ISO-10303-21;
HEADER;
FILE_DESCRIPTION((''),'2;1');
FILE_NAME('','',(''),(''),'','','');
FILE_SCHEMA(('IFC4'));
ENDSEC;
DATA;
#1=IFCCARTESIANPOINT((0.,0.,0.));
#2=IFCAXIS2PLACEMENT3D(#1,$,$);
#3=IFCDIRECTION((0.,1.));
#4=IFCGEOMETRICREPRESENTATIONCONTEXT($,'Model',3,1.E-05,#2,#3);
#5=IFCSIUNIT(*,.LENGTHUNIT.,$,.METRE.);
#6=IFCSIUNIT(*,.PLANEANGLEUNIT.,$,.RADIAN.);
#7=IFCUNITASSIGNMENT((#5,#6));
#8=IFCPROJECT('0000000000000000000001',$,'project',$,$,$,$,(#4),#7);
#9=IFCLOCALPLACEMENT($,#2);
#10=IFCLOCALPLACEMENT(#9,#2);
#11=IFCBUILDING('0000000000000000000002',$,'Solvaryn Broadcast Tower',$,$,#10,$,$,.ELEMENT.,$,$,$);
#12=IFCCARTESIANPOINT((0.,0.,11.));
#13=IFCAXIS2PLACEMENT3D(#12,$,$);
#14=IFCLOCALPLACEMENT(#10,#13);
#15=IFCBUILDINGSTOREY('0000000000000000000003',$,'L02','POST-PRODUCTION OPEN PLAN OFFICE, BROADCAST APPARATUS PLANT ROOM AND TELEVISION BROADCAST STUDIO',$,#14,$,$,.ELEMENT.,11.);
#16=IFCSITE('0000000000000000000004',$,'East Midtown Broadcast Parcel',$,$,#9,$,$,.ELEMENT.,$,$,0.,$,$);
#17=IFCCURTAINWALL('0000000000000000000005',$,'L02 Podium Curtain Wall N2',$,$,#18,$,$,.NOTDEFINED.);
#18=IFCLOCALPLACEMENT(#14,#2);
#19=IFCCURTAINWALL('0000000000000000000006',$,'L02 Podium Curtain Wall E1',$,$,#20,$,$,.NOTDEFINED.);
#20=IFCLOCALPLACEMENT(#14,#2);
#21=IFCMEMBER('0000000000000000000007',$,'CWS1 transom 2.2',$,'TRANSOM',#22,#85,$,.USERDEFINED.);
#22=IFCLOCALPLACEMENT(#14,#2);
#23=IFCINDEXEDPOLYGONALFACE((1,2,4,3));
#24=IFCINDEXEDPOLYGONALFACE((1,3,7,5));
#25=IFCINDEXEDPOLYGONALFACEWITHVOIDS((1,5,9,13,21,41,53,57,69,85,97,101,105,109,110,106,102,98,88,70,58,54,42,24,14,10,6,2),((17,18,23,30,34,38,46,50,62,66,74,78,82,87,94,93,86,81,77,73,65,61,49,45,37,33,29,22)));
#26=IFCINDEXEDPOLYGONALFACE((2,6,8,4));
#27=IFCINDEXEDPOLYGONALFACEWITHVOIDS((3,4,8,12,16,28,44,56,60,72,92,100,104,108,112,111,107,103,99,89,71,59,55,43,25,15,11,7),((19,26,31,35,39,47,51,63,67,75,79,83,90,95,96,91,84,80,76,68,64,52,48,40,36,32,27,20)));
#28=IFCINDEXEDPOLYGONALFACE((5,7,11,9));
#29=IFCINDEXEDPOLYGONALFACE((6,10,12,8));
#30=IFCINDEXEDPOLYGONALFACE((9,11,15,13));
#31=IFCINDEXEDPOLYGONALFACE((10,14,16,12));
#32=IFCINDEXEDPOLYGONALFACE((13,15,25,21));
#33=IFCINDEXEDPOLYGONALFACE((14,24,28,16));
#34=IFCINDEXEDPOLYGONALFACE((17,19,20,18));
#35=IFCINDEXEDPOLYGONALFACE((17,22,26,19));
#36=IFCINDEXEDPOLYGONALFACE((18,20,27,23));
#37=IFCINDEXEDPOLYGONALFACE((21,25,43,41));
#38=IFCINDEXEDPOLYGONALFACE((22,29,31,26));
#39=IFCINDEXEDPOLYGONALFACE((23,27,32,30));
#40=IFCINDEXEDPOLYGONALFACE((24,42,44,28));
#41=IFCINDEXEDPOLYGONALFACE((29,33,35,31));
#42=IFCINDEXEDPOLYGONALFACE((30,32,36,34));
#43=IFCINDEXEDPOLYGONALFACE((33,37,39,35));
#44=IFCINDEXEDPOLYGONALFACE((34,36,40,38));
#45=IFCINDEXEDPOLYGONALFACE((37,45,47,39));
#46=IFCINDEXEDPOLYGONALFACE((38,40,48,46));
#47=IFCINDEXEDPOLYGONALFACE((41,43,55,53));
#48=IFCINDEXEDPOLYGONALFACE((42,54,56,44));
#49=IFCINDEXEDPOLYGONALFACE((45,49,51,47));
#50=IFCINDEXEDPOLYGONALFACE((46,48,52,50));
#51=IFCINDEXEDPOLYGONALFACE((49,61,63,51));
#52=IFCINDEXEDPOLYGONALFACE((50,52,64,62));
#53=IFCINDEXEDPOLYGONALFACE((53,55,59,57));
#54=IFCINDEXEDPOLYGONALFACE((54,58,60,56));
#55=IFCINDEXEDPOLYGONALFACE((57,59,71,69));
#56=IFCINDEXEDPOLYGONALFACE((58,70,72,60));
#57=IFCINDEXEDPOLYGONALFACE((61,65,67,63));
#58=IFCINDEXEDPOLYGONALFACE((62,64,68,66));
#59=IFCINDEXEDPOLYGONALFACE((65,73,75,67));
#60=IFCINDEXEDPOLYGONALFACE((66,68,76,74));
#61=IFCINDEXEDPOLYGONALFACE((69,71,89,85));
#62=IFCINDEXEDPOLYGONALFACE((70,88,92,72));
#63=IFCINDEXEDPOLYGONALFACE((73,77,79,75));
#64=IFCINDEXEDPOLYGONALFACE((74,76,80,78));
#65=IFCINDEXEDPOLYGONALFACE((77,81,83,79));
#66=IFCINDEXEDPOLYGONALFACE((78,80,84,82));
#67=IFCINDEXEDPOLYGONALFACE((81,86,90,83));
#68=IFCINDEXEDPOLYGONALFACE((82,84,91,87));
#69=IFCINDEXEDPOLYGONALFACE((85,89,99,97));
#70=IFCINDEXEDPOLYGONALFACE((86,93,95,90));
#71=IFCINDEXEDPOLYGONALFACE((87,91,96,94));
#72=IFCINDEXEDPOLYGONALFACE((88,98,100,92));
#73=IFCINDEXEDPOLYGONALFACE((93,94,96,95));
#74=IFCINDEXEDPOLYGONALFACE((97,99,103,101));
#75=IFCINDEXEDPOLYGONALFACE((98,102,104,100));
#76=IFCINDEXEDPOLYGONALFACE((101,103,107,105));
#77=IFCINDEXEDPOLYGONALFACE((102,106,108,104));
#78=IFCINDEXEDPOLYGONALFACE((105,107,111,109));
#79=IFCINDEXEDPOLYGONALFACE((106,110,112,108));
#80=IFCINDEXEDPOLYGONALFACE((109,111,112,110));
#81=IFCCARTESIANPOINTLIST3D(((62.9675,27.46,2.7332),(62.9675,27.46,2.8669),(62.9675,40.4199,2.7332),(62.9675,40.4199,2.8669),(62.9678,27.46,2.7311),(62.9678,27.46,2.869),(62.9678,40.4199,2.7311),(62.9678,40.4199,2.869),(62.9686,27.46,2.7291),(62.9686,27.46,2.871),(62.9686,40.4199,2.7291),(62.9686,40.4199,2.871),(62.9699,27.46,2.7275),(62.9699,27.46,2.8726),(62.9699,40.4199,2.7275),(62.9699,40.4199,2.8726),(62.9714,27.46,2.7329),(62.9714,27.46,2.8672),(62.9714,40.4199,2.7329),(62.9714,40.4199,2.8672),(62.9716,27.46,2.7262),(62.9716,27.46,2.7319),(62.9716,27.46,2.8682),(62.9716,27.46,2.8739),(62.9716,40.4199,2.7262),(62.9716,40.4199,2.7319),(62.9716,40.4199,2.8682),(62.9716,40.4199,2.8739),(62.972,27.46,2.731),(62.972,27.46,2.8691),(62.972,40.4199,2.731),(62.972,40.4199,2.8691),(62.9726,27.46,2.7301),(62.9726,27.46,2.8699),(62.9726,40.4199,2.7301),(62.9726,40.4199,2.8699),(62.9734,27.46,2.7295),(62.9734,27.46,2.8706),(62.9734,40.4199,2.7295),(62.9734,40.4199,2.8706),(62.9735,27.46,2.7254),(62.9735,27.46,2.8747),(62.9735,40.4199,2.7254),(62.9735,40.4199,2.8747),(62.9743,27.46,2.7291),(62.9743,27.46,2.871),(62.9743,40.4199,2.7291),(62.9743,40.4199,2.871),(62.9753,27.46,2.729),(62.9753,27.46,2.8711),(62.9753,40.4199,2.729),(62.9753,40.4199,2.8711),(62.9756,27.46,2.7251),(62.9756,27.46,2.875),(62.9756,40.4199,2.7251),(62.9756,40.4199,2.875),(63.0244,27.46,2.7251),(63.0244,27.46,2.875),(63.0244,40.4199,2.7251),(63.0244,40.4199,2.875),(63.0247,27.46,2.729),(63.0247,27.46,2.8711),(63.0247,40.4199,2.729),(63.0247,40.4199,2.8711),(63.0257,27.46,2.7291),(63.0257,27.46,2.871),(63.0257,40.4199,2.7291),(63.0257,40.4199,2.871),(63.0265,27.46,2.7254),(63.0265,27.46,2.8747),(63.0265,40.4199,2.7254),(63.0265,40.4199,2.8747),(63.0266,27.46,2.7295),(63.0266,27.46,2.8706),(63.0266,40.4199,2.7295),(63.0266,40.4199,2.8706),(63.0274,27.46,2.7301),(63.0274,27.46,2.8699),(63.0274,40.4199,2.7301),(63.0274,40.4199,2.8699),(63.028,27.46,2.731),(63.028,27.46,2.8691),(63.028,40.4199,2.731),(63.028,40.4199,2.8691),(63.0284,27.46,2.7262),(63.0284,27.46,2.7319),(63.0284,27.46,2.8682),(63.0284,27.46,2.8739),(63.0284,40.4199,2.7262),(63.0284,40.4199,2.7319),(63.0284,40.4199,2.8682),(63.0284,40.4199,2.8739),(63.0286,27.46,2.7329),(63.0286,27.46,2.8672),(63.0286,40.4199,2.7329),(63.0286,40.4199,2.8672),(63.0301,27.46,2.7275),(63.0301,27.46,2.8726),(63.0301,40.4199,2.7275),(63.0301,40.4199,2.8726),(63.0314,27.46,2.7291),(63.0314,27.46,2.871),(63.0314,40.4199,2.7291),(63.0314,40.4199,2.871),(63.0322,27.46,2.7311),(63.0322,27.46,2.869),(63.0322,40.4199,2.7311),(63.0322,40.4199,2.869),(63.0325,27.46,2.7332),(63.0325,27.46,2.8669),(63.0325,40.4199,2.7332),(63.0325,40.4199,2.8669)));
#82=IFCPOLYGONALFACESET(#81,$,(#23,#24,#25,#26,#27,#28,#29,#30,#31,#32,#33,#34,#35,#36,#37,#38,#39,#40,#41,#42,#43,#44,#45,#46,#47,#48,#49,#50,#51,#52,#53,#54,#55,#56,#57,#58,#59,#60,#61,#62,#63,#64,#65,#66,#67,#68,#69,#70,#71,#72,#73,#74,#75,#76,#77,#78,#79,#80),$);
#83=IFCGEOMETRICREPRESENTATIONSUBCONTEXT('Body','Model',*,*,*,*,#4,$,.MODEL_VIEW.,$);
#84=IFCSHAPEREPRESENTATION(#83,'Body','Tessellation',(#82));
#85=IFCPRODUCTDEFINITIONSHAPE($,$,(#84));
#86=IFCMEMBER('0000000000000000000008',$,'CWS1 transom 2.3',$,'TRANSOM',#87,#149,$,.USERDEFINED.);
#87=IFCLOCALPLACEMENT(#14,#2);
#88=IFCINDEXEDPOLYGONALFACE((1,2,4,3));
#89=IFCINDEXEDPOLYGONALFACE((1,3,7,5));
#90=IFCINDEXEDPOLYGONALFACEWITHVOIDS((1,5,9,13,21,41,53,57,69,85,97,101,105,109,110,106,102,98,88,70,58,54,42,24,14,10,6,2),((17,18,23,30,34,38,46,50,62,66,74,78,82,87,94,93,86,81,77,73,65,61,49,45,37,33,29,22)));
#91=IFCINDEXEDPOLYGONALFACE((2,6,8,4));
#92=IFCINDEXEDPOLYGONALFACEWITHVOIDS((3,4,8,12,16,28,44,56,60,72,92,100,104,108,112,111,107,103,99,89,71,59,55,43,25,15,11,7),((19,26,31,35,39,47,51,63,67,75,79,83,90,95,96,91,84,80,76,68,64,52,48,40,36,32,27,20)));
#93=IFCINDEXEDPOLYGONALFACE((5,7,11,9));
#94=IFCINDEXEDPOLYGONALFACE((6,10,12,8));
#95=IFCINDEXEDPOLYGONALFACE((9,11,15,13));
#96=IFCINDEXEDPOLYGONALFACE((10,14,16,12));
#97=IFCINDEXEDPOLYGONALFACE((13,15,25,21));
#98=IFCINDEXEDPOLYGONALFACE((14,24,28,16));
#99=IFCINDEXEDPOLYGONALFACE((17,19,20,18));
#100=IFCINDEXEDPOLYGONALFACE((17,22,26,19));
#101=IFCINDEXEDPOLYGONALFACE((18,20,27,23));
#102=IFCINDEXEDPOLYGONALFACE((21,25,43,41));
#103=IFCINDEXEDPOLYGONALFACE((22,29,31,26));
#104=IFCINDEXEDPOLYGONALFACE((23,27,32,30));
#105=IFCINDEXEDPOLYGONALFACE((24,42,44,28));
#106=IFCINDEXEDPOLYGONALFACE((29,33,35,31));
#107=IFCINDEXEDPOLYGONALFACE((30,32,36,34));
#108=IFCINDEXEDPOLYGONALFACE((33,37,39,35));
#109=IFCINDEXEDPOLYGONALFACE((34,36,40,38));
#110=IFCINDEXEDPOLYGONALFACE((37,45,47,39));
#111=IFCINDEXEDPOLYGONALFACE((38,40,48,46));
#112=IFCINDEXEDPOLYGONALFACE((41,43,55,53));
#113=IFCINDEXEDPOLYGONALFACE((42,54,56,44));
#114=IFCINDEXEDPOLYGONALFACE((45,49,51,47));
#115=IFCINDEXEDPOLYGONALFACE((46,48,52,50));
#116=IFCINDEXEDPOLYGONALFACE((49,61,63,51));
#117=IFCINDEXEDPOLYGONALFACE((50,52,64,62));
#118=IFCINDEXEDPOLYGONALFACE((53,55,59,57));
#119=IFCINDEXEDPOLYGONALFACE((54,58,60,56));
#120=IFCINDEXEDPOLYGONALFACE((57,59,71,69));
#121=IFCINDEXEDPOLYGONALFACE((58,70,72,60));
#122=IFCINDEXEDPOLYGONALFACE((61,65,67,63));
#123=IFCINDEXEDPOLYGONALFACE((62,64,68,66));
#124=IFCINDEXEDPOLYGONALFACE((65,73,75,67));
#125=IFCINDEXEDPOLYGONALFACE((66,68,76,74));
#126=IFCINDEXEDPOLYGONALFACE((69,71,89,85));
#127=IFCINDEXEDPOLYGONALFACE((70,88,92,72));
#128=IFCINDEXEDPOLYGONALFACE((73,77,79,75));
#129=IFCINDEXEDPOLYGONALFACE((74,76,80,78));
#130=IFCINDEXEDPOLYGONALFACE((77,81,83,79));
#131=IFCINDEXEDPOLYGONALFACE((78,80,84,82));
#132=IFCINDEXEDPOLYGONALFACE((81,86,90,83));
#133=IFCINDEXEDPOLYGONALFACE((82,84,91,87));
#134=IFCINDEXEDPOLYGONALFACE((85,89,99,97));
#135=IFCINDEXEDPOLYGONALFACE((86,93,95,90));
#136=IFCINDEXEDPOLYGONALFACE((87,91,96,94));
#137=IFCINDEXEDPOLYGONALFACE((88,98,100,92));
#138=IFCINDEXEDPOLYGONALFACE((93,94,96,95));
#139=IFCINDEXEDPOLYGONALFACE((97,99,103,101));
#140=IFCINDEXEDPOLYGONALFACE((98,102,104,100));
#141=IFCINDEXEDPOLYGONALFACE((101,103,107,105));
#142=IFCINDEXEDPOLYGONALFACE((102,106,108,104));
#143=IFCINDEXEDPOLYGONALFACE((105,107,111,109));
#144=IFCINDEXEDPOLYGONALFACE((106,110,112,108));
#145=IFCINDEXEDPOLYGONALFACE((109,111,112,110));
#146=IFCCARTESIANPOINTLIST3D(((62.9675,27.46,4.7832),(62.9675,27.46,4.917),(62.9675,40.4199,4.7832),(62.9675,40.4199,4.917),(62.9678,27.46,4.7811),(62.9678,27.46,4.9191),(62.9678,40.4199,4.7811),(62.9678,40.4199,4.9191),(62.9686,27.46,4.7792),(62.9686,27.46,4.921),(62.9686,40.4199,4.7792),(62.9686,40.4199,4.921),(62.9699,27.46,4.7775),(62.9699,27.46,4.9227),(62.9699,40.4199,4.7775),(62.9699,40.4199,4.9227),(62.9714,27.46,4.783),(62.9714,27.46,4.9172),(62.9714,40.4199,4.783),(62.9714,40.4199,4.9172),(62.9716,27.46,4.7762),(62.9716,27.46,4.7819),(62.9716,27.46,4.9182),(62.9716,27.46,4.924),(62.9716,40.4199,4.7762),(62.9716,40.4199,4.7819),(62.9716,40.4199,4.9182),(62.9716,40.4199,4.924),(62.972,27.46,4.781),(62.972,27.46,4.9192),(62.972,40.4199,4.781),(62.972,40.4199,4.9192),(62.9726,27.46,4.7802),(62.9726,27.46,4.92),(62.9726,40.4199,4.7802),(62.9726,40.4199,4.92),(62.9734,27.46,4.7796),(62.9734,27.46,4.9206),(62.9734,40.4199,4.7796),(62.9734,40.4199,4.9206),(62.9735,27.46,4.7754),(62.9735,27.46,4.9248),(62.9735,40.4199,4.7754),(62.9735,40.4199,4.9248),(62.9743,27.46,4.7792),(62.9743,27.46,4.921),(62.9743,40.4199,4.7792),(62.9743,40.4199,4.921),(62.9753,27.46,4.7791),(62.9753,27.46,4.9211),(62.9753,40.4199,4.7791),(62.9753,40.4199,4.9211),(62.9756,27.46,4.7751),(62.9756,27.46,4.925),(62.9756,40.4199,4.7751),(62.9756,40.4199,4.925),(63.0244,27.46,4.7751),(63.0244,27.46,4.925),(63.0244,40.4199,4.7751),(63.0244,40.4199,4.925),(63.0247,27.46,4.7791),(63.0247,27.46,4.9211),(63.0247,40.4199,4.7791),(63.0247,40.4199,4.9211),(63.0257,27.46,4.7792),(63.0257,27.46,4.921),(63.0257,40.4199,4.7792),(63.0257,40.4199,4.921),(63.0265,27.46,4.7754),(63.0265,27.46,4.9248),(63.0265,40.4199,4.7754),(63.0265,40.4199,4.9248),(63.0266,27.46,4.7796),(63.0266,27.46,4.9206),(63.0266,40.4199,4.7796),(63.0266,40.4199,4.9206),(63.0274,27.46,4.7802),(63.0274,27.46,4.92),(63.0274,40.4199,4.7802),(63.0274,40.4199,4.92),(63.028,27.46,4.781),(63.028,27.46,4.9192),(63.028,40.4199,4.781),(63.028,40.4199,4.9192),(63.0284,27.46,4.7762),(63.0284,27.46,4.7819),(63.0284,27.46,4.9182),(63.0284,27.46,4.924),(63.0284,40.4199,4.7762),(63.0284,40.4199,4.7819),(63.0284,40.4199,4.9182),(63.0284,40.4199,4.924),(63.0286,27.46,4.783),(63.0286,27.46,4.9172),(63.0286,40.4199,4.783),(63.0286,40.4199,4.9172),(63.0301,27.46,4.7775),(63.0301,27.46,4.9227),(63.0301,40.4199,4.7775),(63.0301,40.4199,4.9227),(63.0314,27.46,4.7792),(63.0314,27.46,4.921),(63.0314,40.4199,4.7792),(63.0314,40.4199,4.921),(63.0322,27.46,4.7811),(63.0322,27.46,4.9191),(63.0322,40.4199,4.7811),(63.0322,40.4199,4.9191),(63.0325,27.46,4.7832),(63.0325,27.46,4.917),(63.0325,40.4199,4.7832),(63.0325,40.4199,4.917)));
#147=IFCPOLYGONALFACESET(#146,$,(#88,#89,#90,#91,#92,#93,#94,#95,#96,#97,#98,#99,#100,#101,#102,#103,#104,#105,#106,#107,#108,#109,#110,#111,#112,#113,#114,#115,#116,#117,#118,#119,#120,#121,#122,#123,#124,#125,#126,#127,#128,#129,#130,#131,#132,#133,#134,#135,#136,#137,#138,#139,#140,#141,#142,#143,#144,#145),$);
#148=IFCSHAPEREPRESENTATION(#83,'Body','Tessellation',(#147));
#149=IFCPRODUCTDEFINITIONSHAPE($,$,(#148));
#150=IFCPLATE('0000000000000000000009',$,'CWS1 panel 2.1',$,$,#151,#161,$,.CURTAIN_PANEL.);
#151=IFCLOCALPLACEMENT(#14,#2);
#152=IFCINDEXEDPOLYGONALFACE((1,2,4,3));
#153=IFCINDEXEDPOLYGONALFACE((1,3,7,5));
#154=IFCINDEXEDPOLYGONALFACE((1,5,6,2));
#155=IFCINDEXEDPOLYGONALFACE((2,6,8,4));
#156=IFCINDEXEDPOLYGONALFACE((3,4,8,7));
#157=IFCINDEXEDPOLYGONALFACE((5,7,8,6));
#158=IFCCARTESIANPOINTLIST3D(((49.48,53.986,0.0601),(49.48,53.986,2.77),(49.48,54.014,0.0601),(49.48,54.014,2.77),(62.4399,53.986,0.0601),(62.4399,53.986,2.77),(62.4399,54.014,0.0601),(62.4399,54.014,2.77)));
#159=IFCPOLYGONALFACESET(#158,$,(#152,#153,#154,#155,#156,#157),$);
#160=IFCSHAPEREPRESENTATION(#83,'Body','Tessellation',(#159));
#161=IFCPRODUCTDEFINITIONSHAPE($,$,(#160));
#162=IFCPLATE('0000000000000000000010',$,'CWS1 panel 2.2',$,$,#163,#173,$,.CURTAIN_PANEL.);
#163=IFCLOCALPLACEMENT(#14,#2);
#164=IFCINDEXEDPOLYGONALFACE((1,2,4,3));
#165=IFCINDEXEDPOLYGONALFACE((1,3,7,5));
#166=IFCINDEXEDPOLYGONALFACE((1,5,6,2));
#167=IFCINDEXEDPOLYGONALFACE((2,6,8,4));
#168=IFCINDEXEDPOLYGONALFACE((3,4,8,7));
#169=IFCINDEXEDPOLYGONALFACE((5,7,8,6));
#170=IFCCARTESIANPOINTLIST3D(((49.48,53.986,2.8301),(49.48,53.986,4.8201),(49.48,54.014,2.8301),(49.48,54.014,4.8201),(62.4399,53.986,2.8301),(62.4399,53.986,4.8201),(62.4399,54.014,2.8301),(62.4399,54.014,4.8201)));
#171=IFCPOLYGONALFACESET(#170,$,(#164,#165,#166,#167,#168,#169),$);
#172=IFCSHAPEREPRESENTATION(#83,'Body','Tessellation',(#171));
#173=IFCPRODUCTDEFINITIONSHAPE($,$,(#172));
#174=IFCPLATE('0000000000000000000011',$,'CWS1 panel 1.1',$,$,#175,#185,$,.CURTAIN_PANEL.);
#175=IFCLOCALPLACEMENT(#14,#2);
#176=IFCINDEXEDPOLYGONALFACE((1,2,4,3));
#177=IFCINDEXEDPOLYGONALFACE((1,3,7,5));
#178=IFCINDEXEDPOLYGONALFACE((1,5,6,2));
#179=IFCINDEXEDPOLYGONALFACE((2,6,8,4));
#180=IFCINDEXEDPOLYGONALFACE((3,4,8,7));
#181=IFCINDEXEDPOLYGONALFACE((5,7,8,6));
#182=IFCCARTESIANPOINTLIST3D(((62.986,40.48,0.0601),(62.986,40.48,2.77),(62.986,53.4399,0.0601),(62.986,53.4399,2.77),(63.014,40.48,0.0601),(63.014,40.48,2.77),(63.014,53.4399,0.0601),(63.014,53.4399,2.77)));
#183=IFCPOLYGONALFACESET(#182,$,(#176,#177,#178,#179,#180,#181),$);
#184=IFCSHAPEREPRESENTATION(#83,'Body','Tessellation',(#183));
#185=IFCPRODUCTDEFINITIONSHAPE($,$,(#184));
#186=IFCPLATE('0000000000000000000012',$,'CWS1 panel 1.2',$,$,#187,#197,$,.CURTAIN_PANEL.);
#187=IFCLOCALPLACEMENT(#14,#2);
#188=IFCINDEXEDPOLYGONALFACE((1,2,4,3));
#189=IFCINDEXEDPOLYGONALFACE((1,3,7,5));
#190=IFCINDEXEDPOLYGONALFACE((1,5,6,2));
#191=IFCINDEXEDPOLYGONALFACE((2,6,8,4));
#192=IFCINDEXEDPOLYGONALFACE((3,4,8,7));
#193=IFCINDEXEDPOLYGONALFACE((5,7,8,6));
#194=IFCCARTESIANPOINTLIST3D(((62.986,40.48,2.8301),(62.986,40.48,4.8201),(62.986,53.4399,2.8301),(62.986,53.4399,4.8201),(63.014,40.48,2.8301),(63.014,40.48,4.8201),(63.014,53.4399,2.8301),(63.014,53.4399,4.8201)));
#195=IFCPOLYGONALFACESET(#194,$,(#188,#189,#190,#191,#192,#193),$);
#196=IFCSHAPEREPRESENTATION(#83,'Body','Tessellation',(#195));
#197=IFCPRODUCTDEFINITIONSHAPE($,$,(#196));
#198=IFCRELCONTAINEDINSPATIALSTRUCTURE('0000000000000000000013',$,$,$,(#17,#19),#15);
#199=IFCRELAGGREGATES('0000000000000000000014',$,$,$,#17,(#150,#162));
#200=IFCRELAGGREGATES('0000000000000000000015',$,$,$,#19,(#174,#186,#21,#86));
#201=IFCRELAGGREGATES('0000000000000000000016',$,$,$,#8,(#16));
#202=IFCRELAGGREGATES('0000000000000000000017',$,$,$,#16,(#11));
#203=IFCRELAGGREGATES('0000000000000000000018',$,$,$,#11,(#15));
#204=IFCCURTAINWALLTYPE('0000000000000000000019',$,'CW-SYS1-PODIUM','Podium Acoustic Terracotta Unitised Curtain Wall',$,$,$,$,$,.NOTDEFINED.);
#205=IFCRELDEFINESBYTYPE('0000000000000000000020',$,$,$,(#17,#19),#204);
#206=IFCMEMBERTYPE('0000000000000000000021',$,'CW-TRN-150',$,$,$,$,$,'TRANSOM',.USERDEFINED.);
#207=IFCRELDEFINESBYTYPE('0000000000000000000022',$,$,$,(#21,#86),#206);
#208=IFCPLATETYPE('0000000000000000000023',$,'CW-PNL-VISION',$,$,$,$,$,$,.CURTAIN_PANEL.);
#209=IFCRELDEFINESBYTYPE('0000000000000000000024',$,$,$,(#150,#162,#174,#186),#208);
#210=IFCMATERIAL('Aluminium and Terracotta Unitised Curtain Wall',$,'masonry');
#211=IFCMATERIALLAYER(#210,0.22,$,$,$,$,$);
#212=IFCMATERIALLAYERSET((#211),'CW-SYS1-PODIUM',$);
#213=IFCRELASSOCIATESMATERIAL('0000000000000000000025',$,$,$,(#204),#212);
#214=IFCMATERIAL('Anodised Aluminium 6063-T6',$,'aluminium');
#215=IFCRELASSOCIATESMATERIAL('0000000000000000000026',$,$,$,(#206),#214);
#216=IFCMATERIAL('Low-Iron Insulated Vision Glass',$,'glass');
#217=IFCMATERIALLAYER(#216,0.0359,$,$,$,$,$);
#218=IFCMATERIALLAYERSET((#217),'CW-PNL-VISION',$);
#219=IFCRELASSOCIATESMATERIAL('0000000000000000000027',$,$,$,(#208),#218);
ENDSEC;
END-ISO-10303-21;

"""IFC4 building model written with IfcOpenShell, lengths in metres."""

from ifc_helpers import new_model, si_unit, direction, frame, origin, origin_2d, place, context, subcontext, project, spatial, rectangle, hollow_rectangle, extrude, material, layer, layer_set, material_profile, profile_set, type_object, element, aggregate, save


model = new_model("IFC4")

# Units and contexts
model_context = context("Model", 3, precision=1e-05, world=origin(), true_north=direction((0.0, 1.0)))
body_context = subcontext(model_context, "Body", "Model", "MODEL_VIEW")
ifc_project = project(units=[si_unit("LENGTHUNIT", "METRE"), si_unit("PLANEANGLEUNIT", "RADIAN")], contexts=[model_context])

# Site, building, storey
site_placement = place(None, origin())
site = spatial("IfcSite", under=ifc_project, at=site_placement, Name="East Midtown Broadcast Parcel", CompositionType="ELEMENT", RefElevation=0.0)
building_placement = place(site_placement, origin())
building = spatial("IfcBuilding", under=site, at=building_placement, Name="Solvaryn Broadcast Tower", CompositionType="ELEMENT")
storey_placement = place(building_placement, frame((0.0, 0.0, 11.0)))
storey = spatial("IfcBuildingStorey", under=building, at=storey_placement, Name="L02", Description="POST-PRODUCTION OPEN PLAN OFFICE, BROADCAST APPARATUS PLANT ROOM AND TELEVISION BROADCAST STUDIO", CompositionType="ELEMENT", Elevation=11.0)

# Curtain wall
ifc_material_1 = material(Name="Aluminium and Terracotta Unitised Curtain Wall", Category="masonry")
ifc_layer_1 = layer(ifc_material_1, 0.22)
ifc_layer_set_1 = layer_set([ifc_layer_1], Name="CW-SYS1-PODIUM")
curtain_wall_type = type_object("IfcCurtainWallType", Name="CW-SYS1-PODIUM", Description="Podium Acoustic Terracotta Unitised Curtain Wall", PredefinedType="NOTDEFINED", material=ifc_layer_set_1)
curtain_wall_1_placement = place(storey_placement, origin())
curtain_wall_1 = element("IfcCurtainWall", 1, at=curtain_wall_1_placement, inside=storey, type_object=curtain_wall_type, Name="L02 Podium Curtain Wall N2", PredefinedType="NOTDEFINED")

# Curtain wall, members
curtain_wall_2_placement = place(storey_placement, origin())
curtain_wall_2 = element("IfcCurtainWall", 2, at=curtain_wall_2_placement, inside=storey, type_object=curtain_wall_type, Name="L02 Podium Curtain Wall E1", PredefinedType="NOTDEFINED")
ifc_material_2 = material(Name="Anodised Aluminium 6063-T6", Category="aluminium")
ifc_material_profile_1 = material_profile(ifc_material_2, hollow_rectangle(XDim=0.0649, YDim=0.1499, WallThickness=0.0039, InnerFilletRadius=0.0039, OuterFilletRadius=0.0081, at=origin_2d()))
ifc_profile_set_1 = profile_set([ifc_material_profile_1], Name="Anodised Aluminium 6063-T6")
member_type_1 = type_object("IfcMemberType", Name="CW-TRN-150", ElementType="TRANSOM", PredefinedType="USERDEFINED", material=ifc_profile_set_1)
member_1_placement = place(storey_placement, frame((63.0, 40.4199, 2.8), z_axis=(0.0, -1.0, 0.0), x_axis=(1.0, 0.0, 0.0)))
member_1 = element("IfcMember", 3, at=member_1_placement, type_object=member_type_1, Name="CWS1 transom 2.2", ObjectType="TRANSOM", PredefinedType="USERDEFINED", context=body_context, shape_type="SweptSolid", body=[
    extrude(hollow_rectangle(XDim=0.0649, YDim=0.1499, WallThickness=0.0039, InnerFilletRadius=0.0039, OuterFilletRadius=0.0081, at=origin_2d()), origin(), (0.0, 0.0, 1.0), 12.96),
])
member_2_placement = place(storey_placement, frame((63.0, 40.4199, 4.8501), z_axis=(0.0, -1.0, 0.0), x_axis=(1.0, 0.0, 0.0)))
member_2 = element("IfcMember", 4, at=member_2_placement, type_object=member_type_1, Name="CWS1 transom 2.3", ObjectType="TRANSOM", PredefinedType="USERDEFINED", context=body_context, shape_type="SweptSolid", body=[
    extrude(hollow_rectangle(XDim=0.0649, YDim=0.1499, WallThickness=0.0039, InnerFilletRadius=0.0039, OuterFilletRadius=0.0081, at=origin_2d()), origin(), (0.0, 0.0, 1.0), 12.96),
])

# Plates
ifc_material_3 = material(Name="Low-Iron Insulated Vision Glass", Category="glass")
ifc_layer_2 = layer(ifc_material_3, 0.0359)
ifc_layer_set_2 = layer_set([ifc_layer_2], Name="CW-PNL-VISION")
plate_type = type_object("IfcPlateType", Name="CW-PNL-VISION", PredefinedType="CURTAIN_PANEL", material=ifc_layer_set_2)
plate_1_placement = place(storey_placement, frame((55.96, 54.0, 0.0601), z_axis=(0.0, 0.0, 1.0), x_axis=(1.0, 0.0, 0.0)))
plate_1 = element("IfcPlate", 5, at=plate_1_placement, type_object=plate_type, Name="CWS1 panel 2.1", PredefinedType="CURTAIN_PANEL", context=body_context, shape_type="SweptSolid", body=[
    extrude(rectangle(XDim=12.96, YDim=0.0281, at=origin_2d()), origin(), (0.0, 0.0, 1.0), 2.71),
])
plate_2_placement = place(storey_placement, frame((55.96, 54.0, 2.8301), z_axis=(0.0, 0.0, 1.0), x_axis=(1.0, 0.0, 0.0)))
plate_2 = element("IfcPlate", 6, at=plate_2_placement, type_object=plate_type, Name="CWS1 panel 2.2", PredefinedType="CURTAIN_PANEL", context=body_context, shape_type="SweptSolid", body=[
    extrude(rectangle(XDim=12.96, YDim=0.0281, at=origin_2d()), origin(), (0.0, 0.0, 1.0), 1.99),
])
aggregate(curtain_wall_1, [plate_1, plate_2])
plate_3_placement = place(storey_placement, frame((63.0, 46.96, 0.0601), z_axis=(0.0, 0.0, 1.0), x_axis=(0.0, -1.0, 0.0)))
plate_3 = element("IfcPlate", 7, at=plate_3_placement, type_object=plate_type, Name="CWS1 panel 1.1", PredefinedType="CURTAIN_PANEL", context=body_context, shape_type="SweptSolid", body=[
    extrude(rectangle(XDim=12.96, YDim=0.0281, at=origin_2d()), origin(), (0.0, 0.0, 1.0), 2.71),
])
plate_4_placement = place(storey_placement, frame((63.0, 46.96, 2.8301), z_axis=(0.0, 0.0, 1.0), x_axis=(0.0, -1.0, 0.0)))
plate_4 = element("IfcPlate", 8, at=plate_4_placement, type_object=plate_type, Name="CWS1 panel 1.2", PredefinedType="CURTAIN_PANEL", context=body_context, shape_type="SweptSolid", body=[
    extrude(rectangle(XDim=12.96, YDim=0.0281, at=origin_2d()), origin(), (0.0, 0.0, 1.0), 1.99),
])
aggregate(curtain_wall_2, [plate_3, plate_4, member_1, member_2])

save(model, "model.ifc")
